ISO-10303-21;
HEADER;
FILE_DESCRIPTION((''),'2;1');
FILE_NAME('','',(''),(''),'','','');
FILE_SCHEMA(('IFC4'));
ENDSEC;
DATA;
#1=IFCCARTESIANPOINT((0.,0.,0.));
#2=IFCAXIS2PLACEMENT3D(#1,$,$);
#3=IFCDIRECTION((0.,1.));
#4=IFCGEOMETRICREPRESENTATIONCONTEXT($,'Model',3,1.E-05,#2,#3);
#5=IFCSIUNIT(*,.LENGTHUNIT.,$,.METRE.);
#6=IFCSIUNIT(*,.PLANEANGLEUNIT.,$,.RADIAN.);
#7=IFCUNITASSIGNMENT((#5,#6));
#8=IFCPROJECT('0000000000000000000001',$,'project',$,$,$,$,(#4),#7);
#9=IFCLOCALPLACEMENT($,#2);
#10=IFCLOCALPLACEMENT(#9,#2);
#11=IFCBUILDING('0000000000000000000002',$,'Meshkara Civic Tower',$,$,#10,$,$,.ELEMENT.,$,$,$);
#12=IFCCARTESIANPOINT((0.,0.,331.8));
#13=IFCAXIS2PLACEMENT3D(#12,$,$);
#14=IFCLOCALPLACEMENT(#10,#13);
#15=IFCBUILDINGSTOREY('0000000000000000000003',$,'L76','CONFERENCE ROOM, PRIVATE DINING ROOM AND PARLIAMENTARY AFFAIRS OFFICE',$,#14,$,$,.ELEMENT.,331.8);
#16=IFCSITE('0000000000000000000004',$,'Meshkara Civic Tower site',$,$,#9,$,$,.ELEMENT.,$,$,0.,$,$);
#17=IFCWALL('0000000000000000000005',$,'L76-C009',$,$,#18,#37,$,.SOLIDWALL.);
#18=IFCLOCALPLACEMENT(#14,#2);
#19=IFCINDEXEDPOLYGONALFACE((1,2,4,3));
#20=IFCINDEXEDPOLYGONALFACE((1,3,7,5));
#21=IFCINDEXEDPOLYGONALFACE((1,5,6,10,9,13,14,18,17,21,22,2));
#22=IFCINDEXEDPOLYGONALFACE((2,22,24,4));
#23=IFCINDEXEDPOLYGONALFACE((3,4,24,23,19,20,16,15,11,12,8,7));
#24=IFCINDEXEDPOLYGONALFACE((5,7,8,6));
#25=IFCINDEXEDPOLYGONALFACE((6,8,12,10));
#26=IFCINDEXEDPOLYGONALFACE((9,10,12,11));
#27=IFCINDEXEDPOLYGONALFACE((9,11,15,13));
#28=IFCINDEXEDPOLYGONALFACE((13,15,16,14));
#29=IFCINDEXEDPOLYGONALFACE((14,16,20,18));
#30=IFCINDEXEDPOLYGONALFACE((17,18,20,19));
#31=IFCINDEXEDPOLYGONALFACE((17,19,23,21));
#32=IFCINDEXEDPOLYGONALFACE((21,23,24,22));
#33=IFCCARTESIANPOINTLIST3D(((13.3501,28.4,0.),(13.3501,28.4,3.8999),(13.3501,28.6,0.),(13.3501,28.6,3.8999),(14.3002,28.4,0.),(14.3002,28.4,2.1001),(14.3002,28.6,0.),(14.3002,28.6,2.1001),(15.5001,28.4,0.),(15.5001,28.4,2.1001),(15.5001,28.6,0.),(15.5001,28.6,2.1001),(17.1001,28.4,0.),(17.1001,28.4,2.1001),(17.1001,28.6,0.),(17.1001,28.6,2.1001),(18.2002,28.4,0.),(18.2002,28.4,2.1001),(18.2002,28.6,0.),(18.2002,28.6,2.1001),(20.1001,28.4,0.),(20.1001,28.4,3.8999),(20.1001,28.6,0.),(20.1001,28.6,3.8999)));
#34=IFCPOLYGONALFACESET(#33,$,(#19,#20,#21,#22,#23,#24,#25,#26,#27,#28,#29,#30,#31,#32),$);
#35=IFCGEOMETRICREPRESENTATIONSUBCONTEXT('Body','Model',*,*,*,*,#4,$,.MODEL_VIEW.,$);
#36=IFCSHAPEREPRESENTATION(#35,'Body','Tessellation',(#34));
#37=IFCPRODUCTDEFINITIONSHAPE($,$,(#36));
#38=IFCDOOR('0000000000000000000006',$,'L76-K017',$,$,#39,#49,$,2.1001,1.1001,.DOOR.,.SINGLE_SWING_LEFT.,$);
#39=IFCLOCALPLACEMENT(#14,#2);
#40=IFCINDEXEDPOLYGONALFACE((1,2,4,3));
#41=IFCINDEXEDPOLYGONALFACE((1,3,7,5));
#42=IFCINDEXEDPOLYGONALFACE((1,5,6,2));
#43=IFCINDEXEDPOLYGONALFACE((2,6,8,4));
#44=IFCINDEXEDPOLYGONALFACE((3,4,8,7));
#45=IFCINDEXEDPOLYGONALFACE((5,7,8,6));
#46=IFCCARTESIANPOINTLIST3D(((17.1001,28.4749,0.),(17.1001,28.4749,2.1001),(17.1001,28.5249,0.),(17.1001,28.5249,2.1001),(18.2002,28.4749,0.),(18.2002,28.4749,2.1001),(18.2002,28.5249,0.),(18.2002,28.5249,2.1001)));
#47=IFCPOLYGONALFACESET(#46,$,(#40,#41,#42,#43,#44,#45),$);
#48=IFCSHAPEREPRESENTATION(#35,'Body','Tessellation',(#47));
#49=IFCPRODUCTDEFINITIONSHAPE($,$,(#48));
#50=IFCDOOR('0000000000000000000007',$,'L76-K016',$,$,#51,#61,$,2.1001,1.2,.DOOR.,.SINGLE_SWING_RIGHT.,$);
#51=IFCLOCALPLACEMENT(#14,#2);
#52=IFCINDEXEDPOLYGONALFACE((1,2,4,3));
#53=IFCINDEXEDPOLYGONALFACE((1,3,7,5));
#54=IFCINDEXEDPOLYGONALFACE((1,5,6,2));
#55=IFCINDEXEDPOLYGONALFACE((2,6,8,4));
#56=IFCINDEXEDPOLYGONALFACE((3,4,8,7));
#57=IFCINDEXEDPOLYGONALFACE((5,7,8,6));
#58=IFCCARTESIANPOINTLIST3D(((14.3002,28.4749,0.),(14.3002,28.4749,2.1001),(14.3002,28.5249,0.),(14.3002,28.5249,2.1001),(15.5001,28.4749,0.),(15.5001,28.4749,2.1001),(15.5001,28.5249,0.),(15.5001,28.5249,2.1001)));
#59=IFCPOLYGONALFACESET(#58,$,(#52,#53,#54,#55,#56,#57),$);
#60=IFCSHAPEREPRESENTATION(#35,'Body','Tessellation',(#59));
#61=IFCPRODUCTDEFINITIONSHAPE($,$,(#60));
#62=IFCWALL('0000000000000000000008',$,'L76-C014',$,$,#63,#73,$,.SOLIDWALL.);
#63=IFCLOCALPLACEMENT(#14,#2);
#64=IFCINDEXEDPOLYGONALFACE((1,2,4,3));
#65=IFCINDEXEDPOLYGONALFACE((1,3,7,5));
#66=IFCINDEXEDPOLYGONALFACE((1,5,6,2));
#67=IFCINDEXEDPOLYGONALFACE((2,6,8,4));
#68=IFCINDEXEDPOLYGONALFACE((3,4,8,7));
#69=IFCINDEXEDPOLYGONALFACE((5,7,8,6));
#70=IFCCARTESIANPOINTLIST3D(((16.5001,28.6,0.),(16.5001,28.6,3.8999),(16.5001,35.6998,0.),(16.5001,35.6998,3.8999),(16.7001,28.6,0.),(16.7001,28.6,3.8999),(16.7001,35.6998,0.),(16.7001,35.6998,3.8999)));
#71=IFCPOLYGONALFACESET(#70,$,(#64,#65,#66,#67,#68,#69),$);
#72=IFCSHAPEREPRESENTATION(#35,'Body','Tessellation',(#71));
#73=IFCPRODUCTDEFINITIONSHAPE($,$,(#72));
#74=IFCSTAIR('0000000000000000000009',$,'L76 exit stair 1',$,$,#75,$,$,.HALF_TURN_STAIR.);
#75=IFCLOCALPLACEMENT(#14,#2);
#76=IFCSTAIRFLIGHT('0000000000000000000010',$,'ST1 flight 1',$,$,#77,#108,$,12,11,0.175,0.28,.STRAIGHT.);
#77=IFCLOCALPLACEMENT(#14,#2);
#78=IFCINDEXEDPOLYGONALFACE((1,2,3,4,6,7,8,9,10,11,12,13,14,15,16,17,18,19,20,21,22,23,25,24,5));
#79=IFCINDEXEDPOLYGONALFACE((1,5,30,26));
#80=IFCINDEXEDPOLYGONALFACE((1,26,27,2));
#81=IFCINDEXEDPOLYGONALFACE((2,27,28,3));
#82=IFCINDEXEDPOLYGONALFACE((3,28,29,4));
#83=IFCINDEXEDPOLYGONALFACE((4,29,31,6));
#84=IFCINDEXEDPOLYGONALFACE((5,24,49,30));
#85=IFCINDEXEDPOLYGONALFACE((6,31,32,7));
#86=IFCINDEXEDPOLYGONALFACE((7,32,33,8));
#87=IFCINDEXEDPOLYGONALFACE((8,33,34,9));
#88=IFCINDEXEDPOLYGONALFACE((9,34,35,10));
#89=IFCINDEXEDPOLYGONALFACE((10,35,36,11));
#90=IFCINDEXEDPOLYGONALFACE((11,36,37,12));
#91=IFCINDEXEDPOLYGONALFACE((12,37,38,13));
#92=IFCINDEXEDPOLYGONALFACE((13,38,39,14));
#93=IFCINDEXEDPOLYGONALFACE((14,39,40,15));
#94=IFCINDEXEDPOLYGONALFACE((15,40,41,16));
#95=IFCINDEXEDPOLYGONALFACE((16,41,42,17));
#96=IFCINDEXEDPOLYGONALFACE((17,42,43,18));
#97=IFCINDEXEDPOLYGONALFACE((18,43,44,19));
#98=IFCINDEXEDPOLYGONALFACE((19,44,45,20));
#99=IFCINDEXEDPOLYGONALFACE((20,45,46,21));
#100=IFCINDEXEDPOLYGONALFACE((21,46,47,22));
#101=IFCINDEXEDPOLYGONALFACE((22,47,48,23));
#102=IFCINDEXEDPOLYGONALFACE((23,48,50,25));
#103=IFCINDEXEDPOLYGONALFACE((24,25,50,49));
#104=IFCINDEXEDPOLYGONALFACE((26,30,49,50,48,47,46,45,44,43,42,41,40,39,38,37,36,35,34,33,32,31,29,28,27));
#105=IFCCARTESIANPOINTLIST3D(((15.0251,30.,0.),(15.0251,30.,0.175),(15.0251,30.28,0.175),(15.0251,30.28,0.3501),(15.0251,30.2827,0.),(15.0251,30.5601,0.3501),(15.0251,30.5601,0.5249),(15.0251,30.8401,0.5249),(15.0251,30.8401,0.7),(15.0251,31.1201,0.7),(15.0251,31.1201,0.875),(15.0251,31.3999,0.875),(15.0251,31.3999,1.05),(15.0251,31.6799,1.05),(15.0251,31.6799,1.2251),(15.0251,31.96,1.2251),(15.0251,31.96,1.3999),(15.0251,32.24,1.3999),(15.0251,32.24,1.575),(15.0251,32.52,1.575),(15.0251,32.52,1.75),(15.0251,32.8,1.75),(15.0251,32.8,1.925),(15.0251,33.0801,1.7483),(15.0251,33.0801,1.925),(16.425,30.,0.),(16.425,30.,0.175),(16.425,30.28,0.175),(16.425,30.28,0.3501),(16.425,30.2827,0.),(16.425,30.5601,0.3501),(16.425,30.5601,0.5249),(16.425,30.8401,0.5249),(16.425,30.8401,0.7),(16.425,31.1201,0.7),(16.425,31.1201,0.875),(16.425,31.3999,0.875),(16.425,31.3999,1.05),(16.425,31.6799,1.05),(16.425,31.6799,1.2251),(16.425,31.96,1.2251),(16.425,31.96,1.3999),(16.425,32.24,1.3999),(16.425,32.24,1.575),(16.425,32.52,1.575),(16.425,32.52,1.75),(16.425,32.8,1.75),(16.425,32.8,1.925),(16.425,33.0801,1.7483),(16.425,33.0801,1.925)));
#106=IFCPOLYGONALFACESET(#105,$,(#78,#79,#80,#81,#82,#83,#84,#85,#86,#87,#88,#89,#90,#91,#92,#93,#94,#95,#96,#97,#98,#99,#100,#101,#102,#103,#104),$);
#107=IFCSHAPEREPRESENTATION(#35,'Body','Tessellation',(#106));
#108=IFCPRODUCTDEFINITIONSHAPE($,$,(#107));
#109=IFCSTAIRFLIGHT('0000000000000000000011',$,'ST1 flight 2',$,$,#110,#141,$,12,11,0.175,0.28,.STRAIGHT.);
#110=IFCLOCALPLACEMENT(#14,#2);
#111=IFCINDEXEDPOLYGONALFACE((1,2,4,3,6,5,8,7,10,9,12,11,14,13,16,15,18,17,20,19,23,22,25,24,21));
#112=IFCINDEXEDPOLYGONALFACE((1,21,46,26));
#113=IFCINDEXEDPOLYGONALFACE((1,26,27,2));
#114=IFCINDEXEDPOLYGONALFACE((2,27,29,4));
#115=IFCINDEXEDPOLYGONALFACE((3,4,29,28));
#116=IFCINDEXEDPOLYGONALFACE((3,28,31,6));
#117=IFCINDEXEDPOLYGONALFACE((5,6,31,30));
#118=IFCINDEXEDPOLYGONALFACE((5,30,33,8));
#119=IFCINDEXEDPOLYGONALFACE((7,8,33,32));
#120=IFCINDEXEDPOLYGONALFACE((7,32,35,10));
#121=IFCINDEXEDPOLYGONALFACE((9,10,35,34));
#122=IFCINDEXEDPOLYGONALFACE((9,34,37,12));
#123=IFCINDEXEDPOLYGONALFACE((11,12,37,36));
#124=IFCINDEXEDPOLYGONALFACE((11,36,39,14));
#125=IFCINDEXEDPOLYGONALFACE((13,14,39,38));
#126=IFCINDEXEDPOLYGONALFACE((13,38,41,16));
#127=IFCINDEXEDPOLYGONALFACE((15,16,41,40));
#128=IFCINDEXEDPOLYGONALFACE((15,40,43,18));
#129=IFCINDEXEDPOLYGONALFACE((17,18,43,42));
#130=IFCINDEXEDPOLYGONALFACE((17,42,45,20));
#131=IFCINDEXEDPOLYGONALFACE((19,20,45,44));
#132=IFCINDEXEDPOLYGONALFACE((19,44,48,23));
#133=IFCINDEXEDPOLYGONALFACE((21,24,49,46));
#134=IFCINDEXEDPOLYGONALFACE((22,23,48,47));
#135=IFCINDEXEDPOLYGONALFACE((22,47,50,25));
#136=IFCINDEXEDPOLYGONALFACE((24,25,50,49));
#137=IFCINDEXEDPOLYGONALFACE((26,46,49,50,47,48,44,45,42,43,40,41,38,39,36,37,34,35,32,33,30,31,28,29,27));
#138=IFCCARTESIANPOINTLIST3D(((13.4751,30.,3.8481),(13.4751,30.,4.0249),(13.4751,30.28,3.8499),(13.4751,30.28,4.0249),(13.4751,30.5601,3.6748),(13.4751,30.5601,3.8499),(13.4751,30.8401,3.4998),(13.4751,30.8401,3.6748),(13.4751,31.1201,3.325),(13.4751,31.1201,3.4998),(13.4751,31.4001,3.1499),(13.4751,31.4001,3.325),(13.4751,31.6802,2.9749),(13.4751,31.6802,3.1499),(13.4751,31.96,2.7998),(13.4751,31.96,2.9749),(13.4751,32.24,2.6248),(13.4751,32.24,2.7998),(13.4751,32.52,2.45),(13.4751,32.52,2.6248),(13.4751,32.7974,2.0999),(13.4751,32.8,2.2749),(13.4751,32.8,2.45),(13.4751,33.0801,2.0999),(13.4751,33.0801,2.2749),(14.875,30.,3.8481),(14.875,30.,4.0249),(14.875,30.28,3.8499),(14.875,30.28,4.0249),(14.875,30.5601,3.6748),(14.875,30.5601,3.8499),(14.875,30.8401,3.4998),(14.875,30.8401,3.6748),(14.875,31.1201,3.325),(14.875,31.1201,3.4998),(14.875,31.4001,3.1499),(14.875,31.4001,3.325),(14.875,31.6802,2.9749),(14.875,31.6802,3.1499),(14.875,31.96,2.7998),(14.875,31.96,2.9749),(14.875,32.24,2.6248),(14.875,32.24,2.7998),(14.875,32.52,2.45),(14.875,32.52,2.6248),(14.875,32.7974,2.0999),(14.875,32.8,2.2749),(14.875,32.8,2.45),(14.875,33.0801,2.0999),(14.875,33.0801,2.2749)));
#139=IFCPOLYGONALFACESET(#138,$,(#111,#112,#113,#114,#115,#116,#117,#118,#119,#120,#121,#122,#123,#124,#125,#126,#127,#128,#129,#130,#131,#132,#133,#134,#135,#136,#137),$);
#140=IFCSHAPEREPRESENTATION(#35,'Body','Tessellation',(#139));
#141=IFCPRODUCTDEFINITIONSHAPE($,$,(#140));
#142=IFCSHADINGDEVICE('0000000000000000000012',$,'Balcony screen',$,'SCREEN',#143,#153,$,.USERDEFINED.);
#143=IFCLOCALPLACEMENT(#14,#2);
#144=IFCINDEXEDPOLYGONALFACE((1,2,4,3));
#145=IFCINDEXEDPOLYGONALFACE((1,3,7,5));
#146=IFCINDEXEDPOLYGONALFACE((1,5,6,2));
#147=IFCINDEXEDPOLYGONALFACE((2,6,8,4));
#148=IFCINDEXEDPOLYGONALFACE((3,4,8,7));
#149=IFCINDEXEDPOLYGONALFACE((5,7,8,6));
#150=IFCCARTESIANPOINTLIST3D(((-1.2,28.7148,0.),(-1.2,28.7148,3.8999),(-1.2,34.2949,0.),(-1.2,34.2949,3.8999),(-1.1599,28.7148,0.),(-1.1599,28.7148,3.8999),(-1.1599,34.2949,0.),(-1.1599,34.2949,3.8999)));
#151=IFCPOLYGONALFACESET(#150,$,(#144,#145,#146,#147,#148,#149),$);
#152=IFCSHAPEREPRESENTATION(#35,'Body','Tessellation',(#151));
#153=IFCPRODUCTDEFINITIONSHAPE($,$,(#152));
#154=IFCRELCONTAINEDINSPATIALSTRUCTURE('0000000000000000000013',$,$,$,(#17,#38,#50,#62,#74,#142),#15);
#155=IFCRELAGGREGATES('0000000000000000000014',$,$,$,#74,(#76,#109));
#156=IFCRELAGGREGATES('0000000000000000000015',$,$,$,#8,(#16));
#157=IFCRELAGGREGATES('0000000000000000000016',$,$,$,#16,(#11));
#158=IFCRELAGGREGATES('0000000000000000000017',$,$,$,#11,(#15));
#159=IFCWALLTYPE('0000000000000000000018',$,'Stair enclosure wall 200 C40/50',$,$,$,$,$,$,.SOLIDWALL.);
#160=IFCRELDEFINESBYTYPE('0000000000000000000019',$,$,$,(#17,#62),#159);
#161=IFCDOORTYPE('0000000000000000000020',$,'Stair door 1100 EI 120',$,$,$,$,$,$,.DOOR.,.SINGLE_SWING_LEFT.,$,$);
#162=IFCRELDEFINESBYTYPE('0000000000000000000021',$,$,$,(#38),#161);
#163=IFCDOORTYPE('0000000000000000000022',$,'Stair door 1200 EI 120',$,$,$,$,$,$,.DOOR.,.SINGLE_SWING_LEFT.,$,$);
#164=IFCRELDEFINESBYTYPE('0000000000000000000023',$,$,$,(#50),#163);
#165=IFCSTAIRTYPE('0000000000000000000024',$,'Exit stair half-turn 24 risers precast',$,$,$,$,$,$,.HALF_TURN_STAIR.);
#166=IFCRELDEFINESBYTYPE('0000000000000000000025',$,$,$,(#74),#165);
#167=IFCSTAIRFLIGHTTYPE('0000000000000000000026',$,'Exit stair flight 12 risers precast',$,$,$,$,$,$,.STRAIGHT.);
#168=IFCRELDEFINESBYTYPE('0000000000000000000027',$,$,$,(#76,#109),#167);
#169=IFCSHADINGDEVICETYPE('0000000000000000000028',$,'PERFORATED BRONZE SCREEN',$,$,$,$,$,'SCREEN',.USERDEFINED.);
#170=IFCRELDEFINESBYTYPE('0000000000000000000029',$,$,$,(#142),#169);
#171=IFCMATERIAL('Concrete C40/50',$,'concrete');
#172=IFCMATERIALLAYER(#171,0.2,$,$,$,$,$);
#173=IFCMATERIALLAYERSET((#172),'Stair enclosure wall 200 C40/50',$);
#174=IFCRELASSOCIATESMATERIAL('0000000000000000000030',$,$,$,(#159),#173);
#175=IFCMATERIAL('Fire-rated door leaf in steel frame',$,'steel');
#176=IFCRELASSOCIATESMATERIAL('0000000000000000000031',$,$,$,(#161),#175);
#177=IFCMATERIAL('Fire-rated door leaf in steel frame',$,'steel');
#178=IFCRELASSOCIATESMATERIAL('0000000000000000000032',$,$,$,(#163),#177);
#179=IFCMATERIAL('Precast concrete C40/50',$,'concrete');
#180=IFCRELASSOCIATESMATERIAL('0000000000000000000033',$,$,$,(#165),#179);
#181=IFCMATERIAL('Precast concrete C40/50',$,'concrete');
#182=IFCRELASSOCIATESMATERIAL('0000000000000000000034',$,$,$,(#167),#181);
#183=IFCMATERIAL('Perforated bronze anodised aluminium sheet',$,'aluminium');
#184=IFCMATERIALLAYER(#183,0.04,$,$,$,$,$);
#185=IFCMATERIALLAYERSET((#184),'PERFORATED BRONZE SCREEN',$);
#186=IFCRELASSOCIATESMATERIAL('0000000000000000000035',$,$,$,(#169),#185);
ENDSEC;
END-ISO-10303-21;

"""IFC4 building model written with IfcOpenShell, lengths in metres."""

from ifc_helpers import new_model, si_unit, direction, frame, frame_2d, origin, origin_2d, place, context, subcontext, project, spatial, polyline, rectangle, outline, extrude, material, layer, layer_set, type_object, element, fill, aggregate, save


model = new_model("IFC4")

# Units and contexts
model_context = context("Model", 3, precision=1e-05, world=origin(), true_north=direction((0.0, 1.0)))
body_context = subcontext(model_context, "Body", "Model", "MODEL_VIEW")
ifc_project = project(units=[si_unit("LENGTHUNIT", "METRE"), si_unit("PLANEANGLEUNIT", "RADIAN")], contexts=[model_context])

# Site, building, storey
site_placement = place(None, origin())
site = spatial("IfcSite", under=ifc_project, at=site_placement, Name="Meshkara Civic Tower site", CompositionType="ELEMENT", RefElevation=0.0)
building_placement = place(site_placement, origin())
building = spatial("IfcBuilding", under=site, at=building_placement, Name="Meshkara Civic Tower", CompositionType="ELEMENT")
storey_placement = place(building_placement, frame((0.0, 0.0, 331.8)))
storey = spatial("IfcBuildingStorey", under=building, at=storey_placement, Name="L76", Description="CONFERENCE ROOM, PRIVATE DINING ROOM AND PARLIAMENTARY AFFAIRS OFFICE", CompositionType="ELEMENT", Elevation=331.8)

# Wall, openings, doors
ifc_material_1 = material(Name="Concrete C40/50", Category="concrete")
ifc_layer_1 = layer(ifc_material_1, 0.2)
ifc_layer_set_1 = layer_set([ifc_layer_1], Name="Stair enclosure wall 200 C40/50")
wall_type_1 = type_object("IfcWallType", Name="Stair enclosure wall 200 C40/50", PredefinedType="SOLIDWALL", material=ifc_layer_set_1)
wall_1_placement = place(storey_placement, frame((13.3501, 28.5, 0.0), z_axis=(0.0, 0.0, 1.0), x_axis=(1.0, 0.0, 0.0)))
wall_1 = element("IfcWall", 1, at=wall_1_placement, inside=storey, type_object=wall_type_1, Name="L76-C009", PredefinedType="SOLIDWALL", context=body_context, shape_type="SweptSolid", body=[
    extrude(rectangle(XDim=6.75, YDim=0.2, at=frame_2d((3.375, 0.0))), origin(), (0.0, 0.0, 1.0), 3.8999),
])
opening_1_placement = place(wall_1_placement, frame((0.95, 0.0, 0.0)))
opening_1 = element("IfcOpeningElement", 2, at=opening_1_placement, cuts=wall_1, PredefinedType="OPENING", context=body_context, shape_type="SweptSolid", body=[
    extrude(rectangle(XDim=1.2, YDim=2.1001, at=frame_2d((0.6001, 1.05))), frame((0.0, 0.1099, 0.0), z_axis=(0.0, -1.0, 0.0), x_axis=(1.0, 0.0, 0.0)), (0.0, 0.0, 1.0), 0.22),
])
opening_2_placement = place(wall_1_placement, frame((3.75, 0.0, 0.0)))
opening_2 = element("IfcOpeningElement", 3, at=opening_2_placement, cuts=wall_1, PredefinedType="OPENING", context=body_context, shape_type="SweptSolid", body=[
    extrude(rectangle(XDim=1.1001, YDim=2.1001, at=frame_2d((0.55, 1.05))), frame((0.0, 0.1099, 0.0), z_axis=(0.0, -1.0, 0.0), x_axis=(1.0, 0.0, 0.0)), (0.0, 0.0, 1.0), 0.22),
])
ifc_material_2 = material(Name="Fire-rated door leaf in steel frame", Category="steel")
door_type_1 = type_object("IfcDoorType", Name="Stair door 1100 EI 120", OperationType="SINGLE_SWING_LEFT", PredefinedType="DOOR", material=ifc_material_2)
door_1_placement = place(opening_2_placement, origin())
door_1 = element("IfcDoor", 4, at=door_1_placement, inside=storey, type_object=door_type_1, Name="L76-K017", OperationType="SINGLE_SWING_LEFT", OverallHeight=2.1001, OverallWidth=1.1001, PredefinedType="DOOR", context=body_context, shape_type="SweptSolid", body=[
    extrude(rectangle(XDim=1.1001, YDim=2.1001, at=frame_2d((0.55, 1.05))), frame((0.0, 0.0249, 0.0), z_axis=(0.0, -1.0, 0.0), x_axis=(1.0, 0.0, 0.0)), (0.0, 0.0, 1.0), 0.05),
])
fill(opening_2, door_1)
ifc_material_3 = material(Name="Fire-rated door leaf in steel frame", Category="steel")
door_type_2 = type_object("IfcDoorType", Name="Stair door 1200 EI 120", OperationType="SINGLE_SWING_LEFT", PredefinedType="DOOR", material=ifc_material_3)
door_2_placement = place(opening_1_placement, origin())
door_2 = element("IfcDoor", 5, at=door_2_placement, inside=storey, type_object=door_type_2, Name="L76-K016", OperationType="SINGLE_SWING_RIGHT", OverallHeight=2.1001, OverallWidth=1.2, PredefinedType="DOOR", context=body_context, shape_type="SweptSolid", body=[
    extrude(rectangle(XDim=1.2, YDim=2.1001, at=frame_2d((0.6001, 1.05))), frame((0.0, 0.0249, 0.0), z_axis=(0.0, -1.0, 0.0), x_axis=(1.0, 0.0, 0.0)), (0.0, 0.0, 1.0), 0.05),
])
fill(opening_1, door_2)

# Wall
wall_2_placement = place(storey_placement, frame((16.6001, 28.6001, 0.0), z_axis=(0.0, 0.0, 1.0), x_axis=(0.0, 1.0, 0.0)))
element("IfcWall", 6, at=wall_2_placement, inside=storey, type_object=wall_type_1, Name="L76-C014", PredefinedType="SOLIDWALL", context=body_context, shape_type="SweptSolid", body=[
    extrude(rectangle(XDim=7.0999, YDim=0.2, at=frame_2d((3.5498, 0.0))), origin(), (0.0, 0.0, 1.0), 3.8999),
])

# Stair, stair flights
ifc_material_4 = material(Name="Precast concrete C40/50", Category="concrete")
stair_type = type_object("IfcStairType", Name="Exit stair half-turn 24 risers precast", PredefinedType="HALF_TURN_STAIR", material=ifc_material_4)
stair_placement = place(storey_placement, origin())
stair = element("IfcStair", 7, at=stair_placement, inside=storey, type_object=stair_type, Name="L76 exit stair 1", PredefinedType="HALF_TURN_STAIR")
ifc_material_5 = material(Name="Precast concrete C40/50", Category="concrete")
stair_flight_type = type_object("IfcStairFlightType", Name="Exit stair flight 12 risers precast", PredefinedType="STRAIGHT", material=ifc_material_5)
stair_flight_1_placement = place(storey_placement, frame((15.7251, 30.0, 0.0), z_axis=(0.0, 0.0, 1.0), x_axis=(0.0, 1.0, 0.0)))
stair_flight_1 = element("IfcStairFlight", 8, at=stair_flight_1_placement, type_object=stair_flight_type, Name="ST1 flight 1", NumberOfRisers=12, NumberOfTreads=11, PredefinedType="STRAIGHT", RiserHeight=0.175, TreadLength=0.28, context=body_context, shape_type="SweptSolid", body=[
    extrude(outline(polyline([(0.0, 0.0), (0.0, 0.175), (0.28, 0.175), (0.28, 0.3501), (0.5601, 0.3501), (0.5601, 0.5249), (0.8401, 0.5249), (0.8401, 0.7), (1.1201, 0.7), (1.1201, 0.875), (1.3999, 0.875), (1.3999, 1.05), (1.6799, 1.05), (1.6799, 1.2251), (1.96, 1.2251), (1.96, 1.3999), (2.24, 1.3999), (2.24, 1.575), (2.52, 1.575), (2.52, 1.75), (2.8, 1.75), (2.8, 1.925), (3.0801, 1.925), (3.0801, 2.1001), (3.0801, 1.7483), (0.2827, 0.0), (0.0, 0.0)])), frame((0.0, 0.7, 0.0), z_axis=(0.0, -1.0, 0.0), x_axis=(1.0, 0.0, 0.0)), (0.0, 0.0, 1.0), 1.3999),
])
stair_flight_2_placement = place(storey_placement, frame((14.175, 33.0801, 2.0999), z_axis=(0.0, 0.0, 1.0), x_axis=(0.0, -1.0, 0.0)))
stair_flight_2 = element("IfcStairFlight", 9, at=stair_flight_2_placement, type_object=stair_flight_type, Name="ST1 flight 2", NumberOfRisers=12, NumberOfTreads=11, PredefinedType="STRAIGHT", RiserHeight=0.175, TreadLength=0.28, context=body_context, shape_type="SweptSolid", body=[
    extrude(outline(polyline([(0.0, 0.0), (0.0, 0.175), (0.28, 0.175), (0.28, 0.3501), (0.5601, 0.3501), (0.5601, 0.5249), (0.8401, 0.5249), (0.8401, 0.7), (1.1201, 0.7), (1.1201, 0.875), (1.3999, 0.875), (1.3999, 1.05), (1.6799, 1.05), (1.6799, 1.2251), (1.96, 1.2251), (1.96, 1.3999), (2.24, 1.3999), (2.24, 1.575), (2.52, 1.575), (2.52, 1.75), (2.8, 1.75), (2.8, 1.925), (3.0801, 1.925), (3.0801, 2.1001), (3.0801, 1.7483), (0.2827, 0.0), (0.0, 0.0)])), frame((0.0, 0.7, 0.0), z_axis=(0.0, -1.0, 0.0), x_axis=(1.0, 0.0, 0.0)), (0.0, 0.0, 1.0), 1.3999),
])
aggregate(stair, [stair_flight_1, stair_flight_2])

# Shading device
ifc_material_6 = material(Name="Perforated bronze anodised aluminium sheet", Category="aluminium")
ifc_layer_2 = layer(ifc_material_6, 0.04)
ifc_layer_set_2 = layer_set([ifc_layer_2], Name="PERFORATED BRONZE SCREEN")
shading_device_type = type_object("IfcShadingDeviceType", Name="PERFORATED BRONZE SCREEN", ElementType="SCREEN", PredefinedType="USERDEFINED", material=ifc_layer_set_2)
shading_device_placement = place(storey_placement, frame((-1.1799, 31.5049, 0.0), z_axis=(0.0, 0.0, 1.0), x_axis=(0.0, -1.0, 0.0)))
element("IfcShadingDevice", 10, at=shading_device_placement, inside=storey, type_object=shading_device_type, Name="Balcony screen", ObjectType="SCREEN", PredefinedType="USERDEFINED", context=body_context, shape_type="SweptSolid", body=[
    extrude(rectangle(XDim=5.5801, YDim=0.04, at=origin_2d()), origin(), (0.0, 0.0, 1.0), 3.8999),
])

save(model, "model.ifc")
